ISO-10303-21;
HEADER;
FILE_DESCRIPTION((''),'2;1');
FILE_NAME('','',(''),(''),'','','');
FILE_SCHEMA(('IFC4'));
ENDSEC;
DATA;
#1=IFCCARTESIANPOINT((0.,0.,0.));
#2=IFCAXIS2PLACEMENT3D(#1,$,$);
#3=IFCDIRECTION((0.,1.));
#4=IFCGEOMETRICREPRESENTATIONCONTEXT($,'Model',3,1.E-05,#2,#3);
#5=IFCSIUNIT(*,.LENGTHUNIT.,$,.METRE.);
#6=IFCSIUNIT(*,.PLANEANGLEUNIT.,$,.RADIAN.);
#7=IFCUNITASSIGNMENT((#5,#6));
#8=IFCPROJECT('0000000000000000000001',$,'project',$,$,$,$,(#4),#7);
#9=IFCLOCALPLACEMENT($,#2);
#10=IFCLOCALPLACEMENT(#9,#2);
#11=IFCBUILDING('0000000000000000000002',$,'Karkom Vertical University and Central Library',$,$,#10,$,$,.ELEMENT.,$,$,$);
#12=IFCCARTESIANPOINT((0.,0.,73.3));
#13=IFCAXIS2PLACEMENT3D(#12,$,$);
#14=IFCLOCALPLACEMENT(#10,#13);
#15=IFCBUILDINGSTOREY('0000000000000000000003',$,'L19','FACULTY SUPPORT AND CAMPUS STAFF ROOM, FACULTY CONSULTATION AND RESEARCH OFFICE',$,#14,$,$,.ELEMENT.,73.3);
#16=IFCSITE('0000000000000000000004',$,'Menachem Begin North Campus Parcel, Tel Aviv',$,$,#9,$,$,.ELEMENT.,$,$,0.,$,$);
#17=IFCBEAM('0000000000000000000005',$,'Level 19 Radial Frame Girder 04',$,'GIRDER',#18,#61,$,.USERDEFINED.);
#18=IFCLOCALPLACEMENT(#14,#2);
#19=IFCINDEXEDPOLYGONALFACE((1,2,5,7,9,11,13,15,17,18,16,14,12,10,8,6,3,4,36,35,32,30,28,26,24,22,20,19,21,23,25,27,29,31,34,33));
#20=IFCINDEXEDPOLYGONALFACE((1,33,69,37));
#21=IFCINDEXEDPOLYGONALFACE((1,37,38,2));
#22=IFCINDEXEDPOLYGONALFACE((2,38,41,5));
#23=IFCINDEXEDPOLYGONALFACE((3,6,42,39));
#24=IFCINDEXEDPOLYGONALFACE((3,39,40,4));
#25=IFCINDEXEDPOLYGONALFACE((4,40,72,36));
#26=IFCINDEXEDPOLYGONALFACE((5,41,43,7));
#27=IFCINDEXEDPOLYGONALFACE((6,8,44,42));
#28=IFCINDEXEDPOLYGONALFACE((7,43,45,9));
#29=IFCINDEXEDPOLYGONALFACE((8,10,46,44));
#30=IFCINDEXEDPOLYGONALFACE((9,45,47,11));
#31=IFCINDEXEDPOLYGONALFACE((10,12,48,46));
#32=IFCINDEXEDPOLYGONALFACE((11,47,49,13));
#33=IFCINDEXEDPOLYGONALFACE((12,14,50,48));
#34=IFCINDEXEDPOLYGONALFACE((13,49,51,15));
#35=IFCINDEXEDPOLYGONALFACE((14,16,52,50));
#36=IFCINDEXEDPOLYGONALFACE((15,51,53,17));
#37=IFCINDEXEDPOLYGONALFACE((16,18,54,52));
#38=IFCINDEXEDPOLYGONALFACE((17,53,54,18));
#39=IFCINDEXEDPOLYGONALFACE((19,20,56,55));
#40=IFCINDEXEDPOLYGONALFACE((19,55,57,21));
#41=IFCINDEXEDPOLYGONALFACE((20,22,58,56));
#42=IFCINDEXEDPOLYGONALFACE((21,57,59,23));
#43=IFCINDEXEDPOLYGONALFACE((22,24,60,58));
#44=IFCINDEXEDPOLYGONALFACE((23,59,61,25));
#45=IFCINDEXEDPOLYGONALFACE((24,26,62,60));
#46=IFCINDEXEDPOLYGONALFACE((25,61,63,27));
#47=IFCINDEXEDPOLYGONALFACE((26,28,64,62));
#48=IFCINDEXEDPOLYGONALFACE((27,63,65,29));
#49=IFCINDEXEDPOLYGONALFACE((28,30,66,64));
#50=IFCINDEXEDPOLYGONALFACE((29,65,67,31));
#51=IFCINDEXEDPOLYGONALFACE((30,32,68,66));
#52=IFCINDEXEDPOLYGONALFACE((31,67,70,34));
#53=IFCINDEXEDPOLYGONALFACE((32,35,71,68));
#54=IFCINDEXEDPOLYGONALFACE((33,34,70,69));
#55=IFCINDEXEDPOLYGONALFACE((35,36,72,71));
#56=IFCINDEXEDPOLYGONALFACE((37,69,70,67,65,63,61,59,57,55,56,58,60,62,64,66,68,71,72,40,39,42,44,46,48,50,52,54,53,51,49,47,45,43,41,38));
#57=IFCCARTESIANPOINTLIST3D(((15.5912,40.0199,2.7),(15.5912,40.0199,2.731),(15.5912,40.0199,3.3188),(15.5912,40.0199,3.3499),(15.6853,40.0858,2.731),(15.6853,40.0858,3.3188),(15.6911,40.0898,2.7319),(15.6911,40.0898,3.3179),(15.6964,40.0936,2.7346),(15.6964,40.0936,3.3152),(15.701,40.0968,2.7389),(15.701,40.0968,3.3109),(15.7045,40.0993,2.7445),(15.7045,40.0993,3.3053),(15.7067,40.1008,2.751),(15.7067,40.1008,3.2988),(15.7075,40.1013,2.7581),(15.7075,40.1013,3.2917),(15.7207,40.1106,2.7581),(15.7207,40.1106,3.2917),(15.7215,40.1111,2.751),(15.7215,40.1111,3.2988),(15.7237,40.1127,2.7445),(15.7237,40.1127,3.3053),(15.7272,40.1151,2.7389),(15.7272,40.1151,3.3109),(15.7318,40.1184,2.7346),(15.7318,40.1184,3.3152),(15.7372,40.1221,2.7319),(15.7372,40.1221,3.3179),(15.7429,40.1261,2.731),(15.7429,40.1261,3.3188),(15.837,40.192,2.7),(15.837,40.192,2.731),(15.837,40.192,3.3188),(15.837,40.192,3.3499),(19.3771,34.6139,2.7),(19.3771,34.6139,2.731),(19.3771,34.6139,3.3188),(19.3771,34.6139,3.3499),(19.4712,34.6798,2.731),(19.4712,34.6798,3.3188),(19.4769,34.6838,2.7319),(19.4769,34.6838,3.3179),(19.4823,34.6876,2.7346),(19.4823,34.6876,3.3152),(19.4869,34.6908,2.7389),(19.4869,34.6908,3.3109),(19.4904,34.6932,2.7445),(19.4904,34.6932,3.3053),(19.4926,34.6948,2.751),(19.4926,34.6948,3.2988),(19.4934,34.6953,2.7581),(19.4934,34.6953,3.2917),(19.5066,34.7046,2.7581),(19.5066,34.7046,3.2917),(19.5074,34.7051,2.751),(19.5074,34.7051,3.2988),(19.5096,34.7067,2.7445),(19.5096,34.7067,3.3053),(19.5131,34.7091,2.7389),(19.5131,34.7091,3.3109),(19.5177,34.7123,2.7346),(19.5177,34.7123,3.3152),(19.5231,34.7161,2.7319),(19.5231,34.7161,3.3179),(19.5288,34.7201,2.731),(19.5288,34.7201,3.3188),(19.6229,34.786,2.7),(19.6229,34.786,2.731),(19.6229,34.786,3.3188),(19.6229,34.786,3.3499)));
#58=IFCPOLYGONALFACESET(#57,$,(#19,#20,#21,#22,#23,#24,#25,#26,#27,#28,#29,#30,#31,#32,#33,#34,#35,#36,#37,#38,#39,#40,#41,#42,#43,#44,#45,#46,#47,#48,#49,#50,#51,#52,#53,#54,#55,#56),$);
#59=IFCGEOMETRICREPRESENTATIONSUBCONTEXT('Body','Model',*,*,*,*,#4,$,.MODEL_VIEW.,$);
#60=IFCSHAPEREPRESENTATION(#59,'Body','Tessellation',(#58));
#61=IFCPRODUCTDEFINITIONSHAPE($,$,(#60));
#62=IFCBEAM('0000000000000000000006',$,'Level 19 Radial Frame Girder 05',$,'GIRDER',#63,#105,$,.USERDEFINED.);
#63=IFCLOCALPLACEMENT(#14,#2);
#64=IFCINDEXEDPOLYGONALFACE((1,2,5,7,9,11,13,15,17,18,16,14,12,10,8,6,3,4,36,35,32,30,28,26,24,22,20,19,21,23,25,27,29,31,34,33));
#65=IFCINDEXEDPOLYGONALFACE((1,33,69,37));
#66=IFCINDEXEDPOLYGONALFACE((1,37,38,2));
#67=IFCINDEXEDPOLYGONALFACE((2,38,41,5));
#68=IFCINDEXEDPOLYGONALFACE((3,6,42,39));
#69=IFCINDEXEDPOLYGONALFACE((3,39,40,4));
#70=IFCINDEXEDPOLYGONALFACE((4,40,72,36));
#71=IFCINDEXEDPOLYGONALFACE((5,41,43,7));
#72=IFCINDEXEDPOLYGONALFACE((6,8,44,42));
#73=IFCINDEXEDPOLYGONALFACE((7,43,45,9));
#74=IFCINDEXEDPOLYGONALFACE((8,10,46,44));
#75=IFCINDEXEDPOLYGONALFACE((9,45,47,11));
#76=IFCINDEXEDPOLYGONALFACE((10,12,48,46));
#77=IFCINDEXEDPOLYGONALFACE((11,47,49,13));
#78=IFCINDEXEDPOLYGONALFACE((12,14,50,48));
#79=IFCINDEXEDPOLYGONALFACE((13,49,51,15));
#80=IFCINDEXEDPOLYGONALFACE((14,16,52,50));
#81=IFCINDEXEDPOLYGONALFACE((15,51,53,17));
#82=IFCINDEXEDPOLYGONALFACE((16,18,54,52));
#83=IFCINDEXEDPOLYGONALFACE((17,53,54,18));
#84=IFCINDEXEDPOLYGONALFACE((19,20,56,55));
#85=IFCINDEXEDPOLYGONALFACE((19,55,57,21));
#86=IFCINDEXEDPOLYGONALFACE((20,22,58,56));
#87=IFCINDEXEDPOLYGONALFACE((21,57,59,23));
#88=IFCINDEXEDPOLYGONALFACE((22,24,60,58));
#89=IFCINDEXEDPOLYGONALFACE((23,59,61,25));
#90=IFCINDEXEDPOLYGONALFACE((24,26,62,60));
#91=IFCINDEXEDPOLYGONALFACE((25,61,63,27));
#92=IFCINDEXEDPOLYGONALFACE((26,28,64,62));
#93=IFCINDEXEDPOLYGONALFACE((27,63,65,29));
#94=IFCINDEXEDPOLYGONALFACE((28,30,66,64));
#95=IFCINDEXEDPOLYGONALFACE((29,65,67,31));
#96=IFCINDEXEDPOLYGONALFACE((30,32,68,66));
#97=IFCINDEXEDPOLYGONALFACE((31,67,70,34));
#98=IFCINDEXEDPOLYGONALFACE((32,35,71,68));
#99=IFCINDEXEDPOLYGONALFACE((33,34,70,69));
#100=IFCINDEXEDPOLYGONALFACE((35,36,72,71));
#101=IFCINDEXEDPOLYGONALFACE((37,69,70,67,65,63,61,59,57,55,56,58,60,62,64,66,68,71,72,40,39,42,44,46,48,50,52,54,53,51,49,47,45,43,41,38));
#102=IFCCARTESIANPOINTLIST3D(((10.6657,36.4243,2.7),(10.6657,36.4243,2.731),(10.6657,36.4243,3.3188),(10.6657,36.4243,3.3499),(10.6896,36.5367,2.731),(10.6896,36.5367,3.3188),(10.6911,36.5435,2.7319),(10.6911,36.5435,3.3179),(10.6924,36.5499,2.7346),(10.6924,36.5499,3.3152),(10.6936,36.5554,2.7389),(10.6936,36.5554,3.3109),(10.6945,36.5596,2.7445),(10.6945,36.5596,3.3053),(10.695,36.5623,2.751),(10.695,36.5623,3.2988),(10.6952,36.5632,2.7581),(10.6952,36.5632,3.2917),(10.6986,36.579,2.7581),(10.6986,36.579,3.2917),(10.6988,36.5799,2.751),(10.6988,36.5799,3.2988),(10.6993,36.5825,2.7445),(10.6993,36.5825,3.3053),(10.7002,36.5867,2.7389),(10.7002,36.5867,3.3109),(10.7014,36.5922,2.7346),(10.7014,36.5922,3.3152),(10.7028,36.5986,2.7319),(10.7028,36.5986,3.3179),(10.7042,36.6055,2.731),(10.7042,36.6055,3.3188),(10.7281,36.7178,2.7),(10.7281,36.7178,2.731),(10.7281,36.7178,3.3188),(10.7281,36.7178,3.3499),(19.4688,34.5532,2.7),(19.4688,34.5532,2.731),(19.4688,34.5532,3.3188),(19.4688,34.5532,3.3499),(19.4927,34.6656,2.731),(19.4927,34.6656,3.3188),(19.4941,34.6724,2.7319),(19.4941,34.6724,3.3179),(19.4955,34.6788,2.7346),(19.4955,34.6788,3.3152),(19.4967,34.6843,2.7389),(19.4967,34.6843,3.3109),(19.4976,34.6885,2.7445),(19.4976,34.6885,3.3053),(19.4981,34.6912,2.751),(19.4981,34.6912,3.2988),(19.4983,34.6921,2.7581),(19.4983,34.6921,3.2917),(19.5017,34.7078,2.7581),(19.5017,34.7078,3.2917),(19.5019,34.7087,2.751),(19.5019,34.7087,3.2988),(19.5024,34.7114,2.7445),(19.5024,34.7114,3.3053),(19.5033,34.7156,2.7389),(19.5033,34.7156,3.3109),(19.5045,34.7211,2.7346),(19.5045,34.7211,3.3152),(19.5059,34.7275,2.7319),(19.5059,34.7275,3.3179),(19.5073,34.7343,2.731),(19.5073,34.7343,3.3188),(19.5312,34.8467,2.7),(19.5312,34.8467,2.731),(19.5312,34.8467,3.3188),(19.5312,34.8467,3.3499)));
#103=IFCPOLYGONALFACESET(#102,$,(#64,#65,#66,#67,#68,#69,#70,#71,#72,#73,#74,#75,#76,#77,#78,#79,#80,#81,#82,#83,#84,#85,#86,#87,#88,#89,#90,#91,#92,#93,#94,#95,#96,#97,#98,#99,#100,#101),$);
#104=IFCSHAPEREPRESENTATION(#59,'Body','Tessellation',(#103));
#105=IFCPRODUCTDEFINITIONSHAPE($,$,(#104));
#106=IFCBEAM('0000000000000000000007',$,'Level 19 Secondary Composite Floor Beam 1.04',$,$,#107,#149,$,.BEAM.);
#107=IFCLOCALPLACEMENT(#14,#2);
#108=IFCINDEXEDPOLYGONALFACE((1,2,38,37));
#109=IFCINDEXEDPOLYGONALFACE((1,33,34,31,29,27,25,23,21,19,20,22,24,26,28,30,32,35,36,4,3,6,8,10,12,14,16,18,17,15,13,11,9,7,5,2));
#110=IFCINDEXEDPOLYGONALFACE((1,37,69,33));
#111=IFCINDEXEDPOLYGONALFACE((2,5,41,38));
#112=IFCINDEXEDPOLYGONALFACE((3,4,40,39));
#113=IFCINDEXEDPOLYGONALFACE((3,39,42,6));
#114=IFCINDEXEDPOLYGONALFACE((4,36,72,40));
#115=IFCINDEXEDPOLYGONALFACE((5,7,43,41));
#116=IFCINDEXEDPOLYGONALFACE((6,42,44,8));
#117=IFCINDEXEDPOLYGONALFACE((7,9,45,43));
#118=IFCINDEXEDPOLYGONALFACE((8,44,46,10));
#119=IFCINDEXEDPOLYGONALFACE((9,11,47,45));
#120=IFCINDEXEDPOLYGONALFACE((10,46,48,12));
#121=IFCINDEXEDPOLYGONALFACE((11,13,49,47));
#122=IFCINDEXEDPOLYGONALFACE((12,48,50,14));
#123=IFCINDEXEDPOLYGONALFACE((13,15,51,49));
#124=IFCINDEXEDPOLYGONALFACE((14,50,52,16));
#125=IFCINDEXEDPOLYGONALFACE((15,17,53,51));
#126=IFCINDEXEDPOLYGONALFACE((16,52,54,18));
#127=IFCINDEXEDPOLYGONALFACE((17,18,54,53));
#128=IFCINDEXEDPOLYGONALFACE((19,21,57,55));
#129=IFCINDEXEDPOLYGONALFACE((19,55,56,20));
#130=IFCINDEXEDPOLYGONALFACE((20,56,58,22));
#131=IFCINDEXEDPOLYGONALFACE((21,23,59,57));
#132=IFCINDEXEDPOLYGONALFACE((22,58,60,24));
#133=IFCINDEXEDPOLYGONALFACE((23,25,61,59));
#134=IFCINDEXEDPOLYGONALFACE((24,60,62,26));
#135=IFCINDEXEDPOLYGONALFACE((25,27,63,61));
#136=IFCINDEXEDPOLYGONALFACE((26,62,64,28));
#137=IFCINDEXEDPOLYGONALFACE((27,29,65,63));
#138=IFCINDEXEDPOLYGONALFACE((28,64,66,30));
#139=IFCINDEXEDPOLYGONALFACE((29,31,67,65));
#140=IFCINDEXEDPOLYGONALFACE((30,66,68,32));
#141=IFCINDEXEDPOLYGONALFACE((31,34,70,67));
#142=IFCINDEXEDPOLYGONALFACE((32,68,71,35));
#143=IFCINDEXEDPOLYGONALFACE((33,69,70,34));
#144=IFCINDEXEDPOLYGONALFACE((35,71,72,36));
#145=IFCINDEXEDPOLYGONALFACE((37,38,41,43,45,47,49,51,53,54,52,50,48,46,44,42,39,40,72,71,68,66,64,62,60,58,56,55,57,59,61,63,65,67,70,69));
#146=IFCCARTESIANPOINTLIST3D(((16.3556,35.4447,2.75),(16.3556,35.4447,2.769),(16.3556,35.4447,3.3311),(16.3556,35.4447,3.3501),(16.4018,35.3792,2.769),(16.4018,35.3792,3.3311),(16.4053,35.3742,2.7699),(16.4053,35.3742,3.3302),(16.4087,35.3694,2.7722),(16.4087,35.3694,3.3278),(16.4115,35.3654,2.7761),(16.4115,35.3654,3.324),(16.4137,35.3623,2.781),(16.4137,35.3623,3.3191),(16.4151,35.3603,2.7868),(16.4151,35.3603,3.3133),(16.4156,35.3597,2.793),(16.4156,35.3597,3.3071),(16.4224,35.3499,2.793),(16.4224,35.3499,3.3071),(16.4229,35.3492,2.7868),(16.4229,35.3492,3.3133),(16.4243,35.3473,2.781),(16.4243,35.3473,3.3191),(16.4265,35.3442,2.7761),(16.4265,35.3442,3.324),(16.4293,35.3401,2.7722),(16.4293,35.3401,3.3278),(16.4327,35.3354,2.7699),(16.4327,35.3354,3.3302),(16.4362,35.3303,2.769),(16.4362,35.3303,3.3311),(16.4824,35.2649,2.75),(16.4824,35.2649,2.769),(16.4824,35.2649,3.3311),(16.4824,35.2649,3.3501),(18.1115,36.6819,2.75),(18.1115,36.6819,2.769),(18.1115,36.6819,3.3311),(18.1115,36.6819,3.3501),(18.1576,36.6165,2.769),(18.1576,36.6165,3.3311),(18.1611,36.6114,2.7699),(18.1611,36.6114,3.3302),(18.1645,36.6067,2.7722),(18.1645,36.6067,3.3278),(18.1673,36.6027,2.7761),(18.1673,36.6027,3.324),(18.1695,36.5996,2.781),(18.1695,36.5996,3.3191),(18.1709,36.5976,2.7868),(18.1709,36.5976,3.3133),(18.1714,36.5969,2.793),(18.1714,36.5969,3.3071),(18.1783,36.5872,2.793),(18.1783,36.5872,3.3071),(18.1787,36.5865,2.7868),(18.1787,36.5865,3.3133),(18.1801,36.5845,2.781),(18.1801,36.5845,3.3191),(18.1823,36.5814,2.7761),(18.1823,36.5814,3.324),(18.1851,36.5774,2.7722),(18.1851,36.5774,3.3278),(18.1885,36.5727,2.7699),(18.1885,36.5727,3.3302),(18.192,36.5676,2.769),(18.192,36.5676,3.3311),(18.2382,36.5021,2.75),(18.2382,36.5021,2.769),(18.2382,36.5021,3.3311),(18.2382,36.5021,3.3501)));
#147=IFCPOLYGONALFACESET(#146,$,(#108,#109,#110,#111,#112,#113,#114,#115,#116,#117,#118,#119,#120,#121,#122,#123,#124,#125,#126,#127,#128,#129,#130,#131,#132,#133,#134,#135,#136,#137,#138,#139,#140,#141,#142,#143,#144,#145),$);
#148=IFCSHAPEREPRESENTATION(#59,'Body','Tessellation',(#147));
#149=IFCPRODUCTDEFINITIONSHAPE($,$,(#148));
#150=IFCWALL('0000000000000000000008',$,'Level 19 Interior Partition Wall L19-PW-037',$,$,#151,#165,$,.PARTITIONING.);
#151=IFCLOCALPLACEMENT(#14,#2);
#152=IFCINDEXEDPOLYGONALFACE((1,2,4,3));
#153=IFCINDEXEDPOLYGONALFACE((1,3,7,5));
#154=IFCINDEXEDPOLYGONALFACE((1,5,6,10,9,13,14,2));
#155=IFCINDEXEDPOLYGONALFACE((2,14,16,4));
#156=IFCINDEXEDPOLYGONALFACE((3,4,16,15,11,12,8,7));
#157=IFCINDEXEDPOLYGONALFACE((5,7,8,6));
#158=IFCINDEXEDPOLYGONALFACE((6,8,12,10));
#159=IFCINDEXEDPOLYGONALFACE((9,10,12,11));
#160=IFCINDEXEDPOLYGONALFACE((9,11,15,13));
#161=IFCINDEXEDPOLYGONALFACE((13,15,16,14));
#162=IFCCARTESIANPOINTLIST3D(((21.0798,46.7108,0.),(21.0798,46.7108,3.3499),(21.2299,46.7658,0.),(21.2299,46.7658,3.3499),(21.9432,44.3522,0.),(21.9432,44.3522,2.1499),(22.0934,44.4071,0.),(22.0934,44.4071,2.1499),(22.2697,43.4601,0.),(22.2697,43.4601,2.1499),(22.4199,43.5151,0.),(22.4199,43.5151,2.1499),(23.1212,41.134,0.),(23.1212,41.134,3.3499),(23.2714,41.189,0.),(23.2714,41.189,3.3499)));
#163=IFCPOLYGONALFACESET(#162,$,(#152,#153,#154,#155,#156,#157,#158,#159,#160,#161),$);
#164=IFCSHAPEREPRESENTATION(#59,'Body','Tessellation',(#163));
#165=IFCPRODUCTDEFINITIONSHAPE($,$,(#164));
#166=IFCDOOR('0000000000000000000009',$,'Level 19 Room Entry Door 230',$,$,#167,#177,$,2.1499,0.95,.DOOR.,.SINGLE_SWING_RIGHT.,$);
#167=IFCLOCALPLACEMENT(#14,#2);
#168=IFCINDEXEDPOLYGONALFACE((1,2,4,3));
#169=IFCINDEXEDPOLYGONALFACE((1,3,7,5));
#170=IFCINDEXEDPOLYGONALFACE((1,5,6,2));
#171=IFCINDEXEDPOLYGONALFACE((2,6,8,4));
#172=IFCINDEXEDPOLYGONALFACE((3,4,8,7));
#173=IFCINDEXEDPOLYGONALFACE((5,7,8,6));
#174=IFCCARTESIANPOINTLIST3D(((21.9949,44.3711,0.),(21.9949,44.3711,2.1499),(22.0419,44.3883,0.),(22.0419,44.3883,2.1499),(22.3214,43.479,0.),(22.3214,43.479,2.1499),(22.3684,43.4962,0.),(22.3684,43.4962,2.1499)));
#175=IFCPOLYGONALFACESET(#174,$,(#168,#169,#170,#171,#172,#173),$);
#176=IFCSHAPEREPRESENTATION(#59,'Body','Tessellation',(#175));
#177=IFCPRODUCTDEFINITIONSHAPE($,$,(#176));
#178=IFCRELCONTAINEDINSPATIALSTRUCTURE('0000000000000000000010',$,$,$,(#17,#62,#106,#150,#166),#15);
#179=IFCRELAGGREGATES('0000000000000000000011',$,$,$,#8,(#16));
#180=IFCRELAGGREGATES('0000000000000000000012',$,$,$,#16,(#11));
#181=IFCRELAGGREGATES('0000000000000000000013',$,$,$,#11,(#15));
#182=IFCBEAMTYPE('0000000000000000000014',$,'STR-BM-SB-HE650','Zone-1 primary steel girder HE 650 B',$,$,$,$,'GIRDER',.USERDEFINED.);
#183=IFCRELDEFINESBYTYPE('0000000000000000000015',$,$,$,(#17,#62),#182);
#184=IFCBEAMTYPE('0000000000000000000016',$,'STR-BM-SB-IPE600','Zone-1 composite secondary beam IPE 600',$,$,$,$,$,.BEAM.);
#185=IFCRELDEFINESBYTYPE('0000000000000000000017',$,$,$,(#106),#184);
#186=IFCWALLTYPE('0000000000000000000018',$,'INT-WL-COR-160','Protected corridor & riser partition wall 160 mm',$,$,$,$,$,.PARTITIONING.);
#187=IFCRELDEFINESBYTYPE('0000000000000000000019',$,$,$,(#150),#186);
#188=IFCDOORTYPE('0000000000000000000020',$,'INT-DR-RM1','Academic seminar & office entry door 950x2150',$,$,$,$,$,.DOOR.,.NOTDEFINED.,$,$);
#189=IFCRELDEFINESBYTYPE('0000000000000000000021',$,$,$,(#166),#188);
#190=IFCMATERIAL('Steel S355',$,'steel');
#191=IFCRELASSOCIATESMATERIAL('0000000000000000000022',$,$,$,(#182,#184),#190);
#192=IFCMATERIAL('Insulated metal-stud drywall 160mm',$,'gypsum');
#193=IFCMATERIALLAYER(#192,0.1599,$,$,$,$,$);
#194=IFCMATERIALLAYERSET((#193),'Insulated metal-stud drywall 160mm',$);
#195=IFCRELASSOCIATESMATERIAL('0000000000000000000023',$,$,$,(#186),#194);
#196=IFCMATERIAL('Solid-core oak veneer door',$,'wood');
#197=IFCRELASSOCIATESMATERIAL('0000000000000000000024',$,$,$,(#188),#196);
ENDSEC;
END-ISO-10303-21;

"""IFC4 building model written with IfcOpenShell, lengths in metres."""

from ifc_helpers import new_model, si_unit, direction, frame, frame_2d, origin, origin_with_axes, origin_2d, place, context, subcontext, project, spatial, rectangle, i_section, extrude, source, transform, mapped, material, layer, layer_set, material_profile, profile_set, type_object, element, fill, save


model = new_model("IFC4")

# Units and contexts
model_context = context("Model", 3, precision=1e-05, world=origin(), true_north=direction((0.0, 1.0)))
body_context = subcontext(model_context, "Body", "Model", "MODEL_VIEW")
ifc_project = project(units=[si_unit("LENGTHUNIT", "METRE"), si_unit("PLANEANGLEUNIT", "RADIAN")], contexts=[model_context])

# Site, building, storey
site_placement = place(None, origin())
site = spatial("IfcSite", under=ifc_project, at=site_placement, Name="Menachem Begin North Campus Parcel, Tel Aviv", CompositionType="ELEMENT", RefElevation=0.0)
building_placement = place(site_placement, origin())
building = spatial("IfcBuilding", under=site, at=building_placement, Name="Karkom Vertical University and Central Library", CompositionType="ELEMENT")
storey_placement = place(building_placement, frame((0.0, 0.0, 73.3)))
storey = spatial("IfcBuildingStorey", under=building, at=storey_placement, Name="L19", Description="FACULTY SUPPORT AND CAMPUS STAFF ROOM, FACULTY CONSULTATION AND RESEARCH OFFICE", CompositionType="ELEMENT", Elevation=73.3)

# Beams
ifc_material_1 = material(Name="Steel S355", Category="steel")
ifc_material_profile_1 = material_profile(ifc_material_1, i_section(OverallWidth=0.3, OverallDepth=0.6499, WebThickness=0.0161, FlangeThickness=0.031, FilletRadius=0.0271, at=origin_2d()), Name="HE 650 B")
ifc_profile_set_1 = profile_set([ifc_material_profile_1], Name="Steel S355")
beam_type_1 = type_object("IfcBeamType", Name="STR-BM-SB-HE650", Description="Zone-1 primary steel girder HE 650 B", ElementType="GIRDER", PredefinedType="USERDEFINED", material=ifc_profile_set_1)
shared_shape_1 = source(origin_with_axes(), body_context, "Body", "SweptSolid", [
    extrude(i_section(OverallWidth=0.3, OverallDepth=0.6499, WebThickness=0.0161, FlangeThickness=0.031, FilletRadius=0.0271, at=origin_2d()), origin(), (0.0, 0.0, 1.0), 6.5999),
])
beam_1_placement = place(storey_placement, frame((19.5, 34.7, 3.0249), z_axis=(-0.573634, 0.819112, 0.0), x_axis=(-0.819112, -0.573634, 0.0)))
element("IfcBeam", 1, at=beam_1_placement, inside=storey, type_object=beam_type_1, Name="Level 19 Radial Frame Girder 04", ObjectType="GIRDER", PredefinedType="USERDEFINED", context=body_context, shape_type="MappedRepresentation", body=[
    mapped(shared_shape_1, transform((0.0, 0.0, 0.0), scale=1.0)),
])
shared_shape_2 = source(origin_with_axes(), body_context, "Body", "SweptSolid", [
    extrude(i_section(OverallWidth=0.3, OverallDepth=0.6499, WebThickness=0.0161, FlangeThickness=0.031, FilletRadius=0.0271, at=origin_2d()), origin(), (0.0, 0.0, 1.0), 8.9998),
])
beam_2_placement = place(storey_placement, frame((19.5, 34.7, 3.0249), z_axis=(-0.978148, 0.207908, 0.0), x_axis=(-0.207908, -0.978148, 0.0)))
element("IfcBeam", 2, at=beam_2_placement, inside=storey, type_object=beam_type_1, Name="Level 19 Radial Frame Girder 05", ObjectType="GIRDER", PredefinedType="USERDEFINED", context=body_context, shape_type="MappedRepresentation", body=[
    mapped(shared_shape_2, transform((0.0, 0.0, 0.0), scale=1.0)),
])
ifc_material_profile_2 = material_profile(ifc_material_1, i_section(OverallWidth=0.22, OverallDepth=0.6001, WebThickness=0.012, FlangeThickness=0.019, FilletRadius=0.0239, at=origin_2d()), Name="IPE 600")
ifc_profile_set_2 = profile_set([ifc_material_profile_2], Name="Steel S355")
beam_type_2 = type_object("IfcBeamType", Name="STR-BM-SB-IPE600", Description="Zone-1 composite secondary beam IPE 600", PredefinedType="BEAM", material=ifc_profile_set_2)
shared_shape_3 = source(origin_with_axes(), body_context, "Body", "SweptSolid", [
    extrude(i_section(OverallWidth=0.22, OverallDepth=0.6001, WebThickness=0.012, FlangeThickness=0.019, FilletRadius=0.0239, at=origin_2d()), origin(), (0.0, 0.0, 1.0), 2.1479),
])
beam_3_placement = place(storey_placement, frame((18.1748, 36.592, 3.05), z_axis=(-0.817434, -0.576023, 0.0), x_axis=(0.576023, -0.817434, 0.0)))
element("IfcBeam", 3, at=beam_3_placement, inside=storey, type_object=beam_type_2, Name="Level 19 Secondary Composite Floor Beam 1.04", PredefinedType="BEAM", context=body_context, shape_type="MappedRepresentation", body=[
    mapped(shared_shape_3, transform((0.0, 0.0, 0.0), scale=1.0)),
])

# Wall, opening, door
ifc_material_2 = material(Name="Insulated metal-stud drywall 160mm", Category="gypsum")
ifc_layer_1 = layer(ifc_material_2, 0.1599)
ifc_layer_set_1 = layer_set([ifc_layer_1], Name="Insulated metal-stud drywall 160mm")
wall_type_1 = type_object("IfcWallType", Name="INT-WL-COR-160", Description="Protected corridor & riser partition wall 160 mm", PredefinedType="PARTITIONING", material=ifc_layer_set_1)
wall_1_placement = place(storey_placement, frame((23.1963, 41.1616, 0.0), z_axis=(0.0, 0.0, 1.0), x_axis=(-0.343756, 0.939059, 0.0)))
wall_1 = element("IfcWall", 4, at=wall_1_placement, inside=storey, type_object=wall_type_1, Name="Level 19 Interior Partition Wall L19-PW-037", PredefinedType="PARTITIONING", context=body_context, shape_type="SweptSolid", body=[
    extrude(rectangle(XDim=5.9387, YDim=0.1599, at=frame_2d((2.9692, 0.0))), origin(), (0.0, 0.0, 1.0), 3.3499),
])
opening_1_placement = place(wall_1_placement, frame((2.4768, 0.0, 0.0)))
opening_1 = element("IfcOpeningElement", 5, at=opening_1_placement, cuts=wall_1, PredefinedType="OPENING", context=body_context, shape_type="SweptSolid", body=[
    extrude(rectangle(XDim=0.95, YDim=2.1499, at=frame_2d((0.4751, 1.075))), frame((0.0, 0.0898, 0.0), z_axis=(0.0, -1.0, 0.0), x_axis=(1.0, 0.0, 0.0)), (0.0, 0.0, 1.0), 0.1799),
])
ifc_material_3 = material(Name="Solid-core oak veneer door", Category="wood")
door_type_1 = type_object("IfcDoorType", Name="INT-DR-RM1", Description="Academic seminar & office entry door 950x2150", OperationType="NOTDEFINED", PredefinedType="DOOR", material=ifc_material_3)
shared_shape_4 = source(origin_with_axes(), body_context, "Body", "SweptSolid", [
    extrude(rectangle(XDim=0.95, YDim=2.1499, at=frame_2d((0.4751, 1.075))), frame((0.0, 0.0249, 0.0), z_axis=(0.0, -1.0, 0.0), x_axis=(1.0, 0.0, 0.0)), (0.0, 0.0, 1.0), 0.05),
])
door_1_placement = place(opening_1_placement, origin())
door_1 = element("IfcDoor", 6, at=door_1_placement, inside=storey, type_object=door_type_1, Name="Level 19 Room Entry Door 230", OperationType="SINGLE_SWING_RIGHT", OverallHeight=2.1499, OverallWidth=0.95, PredefinedType="DOOR", context=body_context, shape_type="MappedRepresentation", body=[
    mapped(shared_shape_4, transform((0.0, 0.0, 0.0), scale=1.0)),
])
fill(opening_1, door_1)

save(model, "model.ifc")
